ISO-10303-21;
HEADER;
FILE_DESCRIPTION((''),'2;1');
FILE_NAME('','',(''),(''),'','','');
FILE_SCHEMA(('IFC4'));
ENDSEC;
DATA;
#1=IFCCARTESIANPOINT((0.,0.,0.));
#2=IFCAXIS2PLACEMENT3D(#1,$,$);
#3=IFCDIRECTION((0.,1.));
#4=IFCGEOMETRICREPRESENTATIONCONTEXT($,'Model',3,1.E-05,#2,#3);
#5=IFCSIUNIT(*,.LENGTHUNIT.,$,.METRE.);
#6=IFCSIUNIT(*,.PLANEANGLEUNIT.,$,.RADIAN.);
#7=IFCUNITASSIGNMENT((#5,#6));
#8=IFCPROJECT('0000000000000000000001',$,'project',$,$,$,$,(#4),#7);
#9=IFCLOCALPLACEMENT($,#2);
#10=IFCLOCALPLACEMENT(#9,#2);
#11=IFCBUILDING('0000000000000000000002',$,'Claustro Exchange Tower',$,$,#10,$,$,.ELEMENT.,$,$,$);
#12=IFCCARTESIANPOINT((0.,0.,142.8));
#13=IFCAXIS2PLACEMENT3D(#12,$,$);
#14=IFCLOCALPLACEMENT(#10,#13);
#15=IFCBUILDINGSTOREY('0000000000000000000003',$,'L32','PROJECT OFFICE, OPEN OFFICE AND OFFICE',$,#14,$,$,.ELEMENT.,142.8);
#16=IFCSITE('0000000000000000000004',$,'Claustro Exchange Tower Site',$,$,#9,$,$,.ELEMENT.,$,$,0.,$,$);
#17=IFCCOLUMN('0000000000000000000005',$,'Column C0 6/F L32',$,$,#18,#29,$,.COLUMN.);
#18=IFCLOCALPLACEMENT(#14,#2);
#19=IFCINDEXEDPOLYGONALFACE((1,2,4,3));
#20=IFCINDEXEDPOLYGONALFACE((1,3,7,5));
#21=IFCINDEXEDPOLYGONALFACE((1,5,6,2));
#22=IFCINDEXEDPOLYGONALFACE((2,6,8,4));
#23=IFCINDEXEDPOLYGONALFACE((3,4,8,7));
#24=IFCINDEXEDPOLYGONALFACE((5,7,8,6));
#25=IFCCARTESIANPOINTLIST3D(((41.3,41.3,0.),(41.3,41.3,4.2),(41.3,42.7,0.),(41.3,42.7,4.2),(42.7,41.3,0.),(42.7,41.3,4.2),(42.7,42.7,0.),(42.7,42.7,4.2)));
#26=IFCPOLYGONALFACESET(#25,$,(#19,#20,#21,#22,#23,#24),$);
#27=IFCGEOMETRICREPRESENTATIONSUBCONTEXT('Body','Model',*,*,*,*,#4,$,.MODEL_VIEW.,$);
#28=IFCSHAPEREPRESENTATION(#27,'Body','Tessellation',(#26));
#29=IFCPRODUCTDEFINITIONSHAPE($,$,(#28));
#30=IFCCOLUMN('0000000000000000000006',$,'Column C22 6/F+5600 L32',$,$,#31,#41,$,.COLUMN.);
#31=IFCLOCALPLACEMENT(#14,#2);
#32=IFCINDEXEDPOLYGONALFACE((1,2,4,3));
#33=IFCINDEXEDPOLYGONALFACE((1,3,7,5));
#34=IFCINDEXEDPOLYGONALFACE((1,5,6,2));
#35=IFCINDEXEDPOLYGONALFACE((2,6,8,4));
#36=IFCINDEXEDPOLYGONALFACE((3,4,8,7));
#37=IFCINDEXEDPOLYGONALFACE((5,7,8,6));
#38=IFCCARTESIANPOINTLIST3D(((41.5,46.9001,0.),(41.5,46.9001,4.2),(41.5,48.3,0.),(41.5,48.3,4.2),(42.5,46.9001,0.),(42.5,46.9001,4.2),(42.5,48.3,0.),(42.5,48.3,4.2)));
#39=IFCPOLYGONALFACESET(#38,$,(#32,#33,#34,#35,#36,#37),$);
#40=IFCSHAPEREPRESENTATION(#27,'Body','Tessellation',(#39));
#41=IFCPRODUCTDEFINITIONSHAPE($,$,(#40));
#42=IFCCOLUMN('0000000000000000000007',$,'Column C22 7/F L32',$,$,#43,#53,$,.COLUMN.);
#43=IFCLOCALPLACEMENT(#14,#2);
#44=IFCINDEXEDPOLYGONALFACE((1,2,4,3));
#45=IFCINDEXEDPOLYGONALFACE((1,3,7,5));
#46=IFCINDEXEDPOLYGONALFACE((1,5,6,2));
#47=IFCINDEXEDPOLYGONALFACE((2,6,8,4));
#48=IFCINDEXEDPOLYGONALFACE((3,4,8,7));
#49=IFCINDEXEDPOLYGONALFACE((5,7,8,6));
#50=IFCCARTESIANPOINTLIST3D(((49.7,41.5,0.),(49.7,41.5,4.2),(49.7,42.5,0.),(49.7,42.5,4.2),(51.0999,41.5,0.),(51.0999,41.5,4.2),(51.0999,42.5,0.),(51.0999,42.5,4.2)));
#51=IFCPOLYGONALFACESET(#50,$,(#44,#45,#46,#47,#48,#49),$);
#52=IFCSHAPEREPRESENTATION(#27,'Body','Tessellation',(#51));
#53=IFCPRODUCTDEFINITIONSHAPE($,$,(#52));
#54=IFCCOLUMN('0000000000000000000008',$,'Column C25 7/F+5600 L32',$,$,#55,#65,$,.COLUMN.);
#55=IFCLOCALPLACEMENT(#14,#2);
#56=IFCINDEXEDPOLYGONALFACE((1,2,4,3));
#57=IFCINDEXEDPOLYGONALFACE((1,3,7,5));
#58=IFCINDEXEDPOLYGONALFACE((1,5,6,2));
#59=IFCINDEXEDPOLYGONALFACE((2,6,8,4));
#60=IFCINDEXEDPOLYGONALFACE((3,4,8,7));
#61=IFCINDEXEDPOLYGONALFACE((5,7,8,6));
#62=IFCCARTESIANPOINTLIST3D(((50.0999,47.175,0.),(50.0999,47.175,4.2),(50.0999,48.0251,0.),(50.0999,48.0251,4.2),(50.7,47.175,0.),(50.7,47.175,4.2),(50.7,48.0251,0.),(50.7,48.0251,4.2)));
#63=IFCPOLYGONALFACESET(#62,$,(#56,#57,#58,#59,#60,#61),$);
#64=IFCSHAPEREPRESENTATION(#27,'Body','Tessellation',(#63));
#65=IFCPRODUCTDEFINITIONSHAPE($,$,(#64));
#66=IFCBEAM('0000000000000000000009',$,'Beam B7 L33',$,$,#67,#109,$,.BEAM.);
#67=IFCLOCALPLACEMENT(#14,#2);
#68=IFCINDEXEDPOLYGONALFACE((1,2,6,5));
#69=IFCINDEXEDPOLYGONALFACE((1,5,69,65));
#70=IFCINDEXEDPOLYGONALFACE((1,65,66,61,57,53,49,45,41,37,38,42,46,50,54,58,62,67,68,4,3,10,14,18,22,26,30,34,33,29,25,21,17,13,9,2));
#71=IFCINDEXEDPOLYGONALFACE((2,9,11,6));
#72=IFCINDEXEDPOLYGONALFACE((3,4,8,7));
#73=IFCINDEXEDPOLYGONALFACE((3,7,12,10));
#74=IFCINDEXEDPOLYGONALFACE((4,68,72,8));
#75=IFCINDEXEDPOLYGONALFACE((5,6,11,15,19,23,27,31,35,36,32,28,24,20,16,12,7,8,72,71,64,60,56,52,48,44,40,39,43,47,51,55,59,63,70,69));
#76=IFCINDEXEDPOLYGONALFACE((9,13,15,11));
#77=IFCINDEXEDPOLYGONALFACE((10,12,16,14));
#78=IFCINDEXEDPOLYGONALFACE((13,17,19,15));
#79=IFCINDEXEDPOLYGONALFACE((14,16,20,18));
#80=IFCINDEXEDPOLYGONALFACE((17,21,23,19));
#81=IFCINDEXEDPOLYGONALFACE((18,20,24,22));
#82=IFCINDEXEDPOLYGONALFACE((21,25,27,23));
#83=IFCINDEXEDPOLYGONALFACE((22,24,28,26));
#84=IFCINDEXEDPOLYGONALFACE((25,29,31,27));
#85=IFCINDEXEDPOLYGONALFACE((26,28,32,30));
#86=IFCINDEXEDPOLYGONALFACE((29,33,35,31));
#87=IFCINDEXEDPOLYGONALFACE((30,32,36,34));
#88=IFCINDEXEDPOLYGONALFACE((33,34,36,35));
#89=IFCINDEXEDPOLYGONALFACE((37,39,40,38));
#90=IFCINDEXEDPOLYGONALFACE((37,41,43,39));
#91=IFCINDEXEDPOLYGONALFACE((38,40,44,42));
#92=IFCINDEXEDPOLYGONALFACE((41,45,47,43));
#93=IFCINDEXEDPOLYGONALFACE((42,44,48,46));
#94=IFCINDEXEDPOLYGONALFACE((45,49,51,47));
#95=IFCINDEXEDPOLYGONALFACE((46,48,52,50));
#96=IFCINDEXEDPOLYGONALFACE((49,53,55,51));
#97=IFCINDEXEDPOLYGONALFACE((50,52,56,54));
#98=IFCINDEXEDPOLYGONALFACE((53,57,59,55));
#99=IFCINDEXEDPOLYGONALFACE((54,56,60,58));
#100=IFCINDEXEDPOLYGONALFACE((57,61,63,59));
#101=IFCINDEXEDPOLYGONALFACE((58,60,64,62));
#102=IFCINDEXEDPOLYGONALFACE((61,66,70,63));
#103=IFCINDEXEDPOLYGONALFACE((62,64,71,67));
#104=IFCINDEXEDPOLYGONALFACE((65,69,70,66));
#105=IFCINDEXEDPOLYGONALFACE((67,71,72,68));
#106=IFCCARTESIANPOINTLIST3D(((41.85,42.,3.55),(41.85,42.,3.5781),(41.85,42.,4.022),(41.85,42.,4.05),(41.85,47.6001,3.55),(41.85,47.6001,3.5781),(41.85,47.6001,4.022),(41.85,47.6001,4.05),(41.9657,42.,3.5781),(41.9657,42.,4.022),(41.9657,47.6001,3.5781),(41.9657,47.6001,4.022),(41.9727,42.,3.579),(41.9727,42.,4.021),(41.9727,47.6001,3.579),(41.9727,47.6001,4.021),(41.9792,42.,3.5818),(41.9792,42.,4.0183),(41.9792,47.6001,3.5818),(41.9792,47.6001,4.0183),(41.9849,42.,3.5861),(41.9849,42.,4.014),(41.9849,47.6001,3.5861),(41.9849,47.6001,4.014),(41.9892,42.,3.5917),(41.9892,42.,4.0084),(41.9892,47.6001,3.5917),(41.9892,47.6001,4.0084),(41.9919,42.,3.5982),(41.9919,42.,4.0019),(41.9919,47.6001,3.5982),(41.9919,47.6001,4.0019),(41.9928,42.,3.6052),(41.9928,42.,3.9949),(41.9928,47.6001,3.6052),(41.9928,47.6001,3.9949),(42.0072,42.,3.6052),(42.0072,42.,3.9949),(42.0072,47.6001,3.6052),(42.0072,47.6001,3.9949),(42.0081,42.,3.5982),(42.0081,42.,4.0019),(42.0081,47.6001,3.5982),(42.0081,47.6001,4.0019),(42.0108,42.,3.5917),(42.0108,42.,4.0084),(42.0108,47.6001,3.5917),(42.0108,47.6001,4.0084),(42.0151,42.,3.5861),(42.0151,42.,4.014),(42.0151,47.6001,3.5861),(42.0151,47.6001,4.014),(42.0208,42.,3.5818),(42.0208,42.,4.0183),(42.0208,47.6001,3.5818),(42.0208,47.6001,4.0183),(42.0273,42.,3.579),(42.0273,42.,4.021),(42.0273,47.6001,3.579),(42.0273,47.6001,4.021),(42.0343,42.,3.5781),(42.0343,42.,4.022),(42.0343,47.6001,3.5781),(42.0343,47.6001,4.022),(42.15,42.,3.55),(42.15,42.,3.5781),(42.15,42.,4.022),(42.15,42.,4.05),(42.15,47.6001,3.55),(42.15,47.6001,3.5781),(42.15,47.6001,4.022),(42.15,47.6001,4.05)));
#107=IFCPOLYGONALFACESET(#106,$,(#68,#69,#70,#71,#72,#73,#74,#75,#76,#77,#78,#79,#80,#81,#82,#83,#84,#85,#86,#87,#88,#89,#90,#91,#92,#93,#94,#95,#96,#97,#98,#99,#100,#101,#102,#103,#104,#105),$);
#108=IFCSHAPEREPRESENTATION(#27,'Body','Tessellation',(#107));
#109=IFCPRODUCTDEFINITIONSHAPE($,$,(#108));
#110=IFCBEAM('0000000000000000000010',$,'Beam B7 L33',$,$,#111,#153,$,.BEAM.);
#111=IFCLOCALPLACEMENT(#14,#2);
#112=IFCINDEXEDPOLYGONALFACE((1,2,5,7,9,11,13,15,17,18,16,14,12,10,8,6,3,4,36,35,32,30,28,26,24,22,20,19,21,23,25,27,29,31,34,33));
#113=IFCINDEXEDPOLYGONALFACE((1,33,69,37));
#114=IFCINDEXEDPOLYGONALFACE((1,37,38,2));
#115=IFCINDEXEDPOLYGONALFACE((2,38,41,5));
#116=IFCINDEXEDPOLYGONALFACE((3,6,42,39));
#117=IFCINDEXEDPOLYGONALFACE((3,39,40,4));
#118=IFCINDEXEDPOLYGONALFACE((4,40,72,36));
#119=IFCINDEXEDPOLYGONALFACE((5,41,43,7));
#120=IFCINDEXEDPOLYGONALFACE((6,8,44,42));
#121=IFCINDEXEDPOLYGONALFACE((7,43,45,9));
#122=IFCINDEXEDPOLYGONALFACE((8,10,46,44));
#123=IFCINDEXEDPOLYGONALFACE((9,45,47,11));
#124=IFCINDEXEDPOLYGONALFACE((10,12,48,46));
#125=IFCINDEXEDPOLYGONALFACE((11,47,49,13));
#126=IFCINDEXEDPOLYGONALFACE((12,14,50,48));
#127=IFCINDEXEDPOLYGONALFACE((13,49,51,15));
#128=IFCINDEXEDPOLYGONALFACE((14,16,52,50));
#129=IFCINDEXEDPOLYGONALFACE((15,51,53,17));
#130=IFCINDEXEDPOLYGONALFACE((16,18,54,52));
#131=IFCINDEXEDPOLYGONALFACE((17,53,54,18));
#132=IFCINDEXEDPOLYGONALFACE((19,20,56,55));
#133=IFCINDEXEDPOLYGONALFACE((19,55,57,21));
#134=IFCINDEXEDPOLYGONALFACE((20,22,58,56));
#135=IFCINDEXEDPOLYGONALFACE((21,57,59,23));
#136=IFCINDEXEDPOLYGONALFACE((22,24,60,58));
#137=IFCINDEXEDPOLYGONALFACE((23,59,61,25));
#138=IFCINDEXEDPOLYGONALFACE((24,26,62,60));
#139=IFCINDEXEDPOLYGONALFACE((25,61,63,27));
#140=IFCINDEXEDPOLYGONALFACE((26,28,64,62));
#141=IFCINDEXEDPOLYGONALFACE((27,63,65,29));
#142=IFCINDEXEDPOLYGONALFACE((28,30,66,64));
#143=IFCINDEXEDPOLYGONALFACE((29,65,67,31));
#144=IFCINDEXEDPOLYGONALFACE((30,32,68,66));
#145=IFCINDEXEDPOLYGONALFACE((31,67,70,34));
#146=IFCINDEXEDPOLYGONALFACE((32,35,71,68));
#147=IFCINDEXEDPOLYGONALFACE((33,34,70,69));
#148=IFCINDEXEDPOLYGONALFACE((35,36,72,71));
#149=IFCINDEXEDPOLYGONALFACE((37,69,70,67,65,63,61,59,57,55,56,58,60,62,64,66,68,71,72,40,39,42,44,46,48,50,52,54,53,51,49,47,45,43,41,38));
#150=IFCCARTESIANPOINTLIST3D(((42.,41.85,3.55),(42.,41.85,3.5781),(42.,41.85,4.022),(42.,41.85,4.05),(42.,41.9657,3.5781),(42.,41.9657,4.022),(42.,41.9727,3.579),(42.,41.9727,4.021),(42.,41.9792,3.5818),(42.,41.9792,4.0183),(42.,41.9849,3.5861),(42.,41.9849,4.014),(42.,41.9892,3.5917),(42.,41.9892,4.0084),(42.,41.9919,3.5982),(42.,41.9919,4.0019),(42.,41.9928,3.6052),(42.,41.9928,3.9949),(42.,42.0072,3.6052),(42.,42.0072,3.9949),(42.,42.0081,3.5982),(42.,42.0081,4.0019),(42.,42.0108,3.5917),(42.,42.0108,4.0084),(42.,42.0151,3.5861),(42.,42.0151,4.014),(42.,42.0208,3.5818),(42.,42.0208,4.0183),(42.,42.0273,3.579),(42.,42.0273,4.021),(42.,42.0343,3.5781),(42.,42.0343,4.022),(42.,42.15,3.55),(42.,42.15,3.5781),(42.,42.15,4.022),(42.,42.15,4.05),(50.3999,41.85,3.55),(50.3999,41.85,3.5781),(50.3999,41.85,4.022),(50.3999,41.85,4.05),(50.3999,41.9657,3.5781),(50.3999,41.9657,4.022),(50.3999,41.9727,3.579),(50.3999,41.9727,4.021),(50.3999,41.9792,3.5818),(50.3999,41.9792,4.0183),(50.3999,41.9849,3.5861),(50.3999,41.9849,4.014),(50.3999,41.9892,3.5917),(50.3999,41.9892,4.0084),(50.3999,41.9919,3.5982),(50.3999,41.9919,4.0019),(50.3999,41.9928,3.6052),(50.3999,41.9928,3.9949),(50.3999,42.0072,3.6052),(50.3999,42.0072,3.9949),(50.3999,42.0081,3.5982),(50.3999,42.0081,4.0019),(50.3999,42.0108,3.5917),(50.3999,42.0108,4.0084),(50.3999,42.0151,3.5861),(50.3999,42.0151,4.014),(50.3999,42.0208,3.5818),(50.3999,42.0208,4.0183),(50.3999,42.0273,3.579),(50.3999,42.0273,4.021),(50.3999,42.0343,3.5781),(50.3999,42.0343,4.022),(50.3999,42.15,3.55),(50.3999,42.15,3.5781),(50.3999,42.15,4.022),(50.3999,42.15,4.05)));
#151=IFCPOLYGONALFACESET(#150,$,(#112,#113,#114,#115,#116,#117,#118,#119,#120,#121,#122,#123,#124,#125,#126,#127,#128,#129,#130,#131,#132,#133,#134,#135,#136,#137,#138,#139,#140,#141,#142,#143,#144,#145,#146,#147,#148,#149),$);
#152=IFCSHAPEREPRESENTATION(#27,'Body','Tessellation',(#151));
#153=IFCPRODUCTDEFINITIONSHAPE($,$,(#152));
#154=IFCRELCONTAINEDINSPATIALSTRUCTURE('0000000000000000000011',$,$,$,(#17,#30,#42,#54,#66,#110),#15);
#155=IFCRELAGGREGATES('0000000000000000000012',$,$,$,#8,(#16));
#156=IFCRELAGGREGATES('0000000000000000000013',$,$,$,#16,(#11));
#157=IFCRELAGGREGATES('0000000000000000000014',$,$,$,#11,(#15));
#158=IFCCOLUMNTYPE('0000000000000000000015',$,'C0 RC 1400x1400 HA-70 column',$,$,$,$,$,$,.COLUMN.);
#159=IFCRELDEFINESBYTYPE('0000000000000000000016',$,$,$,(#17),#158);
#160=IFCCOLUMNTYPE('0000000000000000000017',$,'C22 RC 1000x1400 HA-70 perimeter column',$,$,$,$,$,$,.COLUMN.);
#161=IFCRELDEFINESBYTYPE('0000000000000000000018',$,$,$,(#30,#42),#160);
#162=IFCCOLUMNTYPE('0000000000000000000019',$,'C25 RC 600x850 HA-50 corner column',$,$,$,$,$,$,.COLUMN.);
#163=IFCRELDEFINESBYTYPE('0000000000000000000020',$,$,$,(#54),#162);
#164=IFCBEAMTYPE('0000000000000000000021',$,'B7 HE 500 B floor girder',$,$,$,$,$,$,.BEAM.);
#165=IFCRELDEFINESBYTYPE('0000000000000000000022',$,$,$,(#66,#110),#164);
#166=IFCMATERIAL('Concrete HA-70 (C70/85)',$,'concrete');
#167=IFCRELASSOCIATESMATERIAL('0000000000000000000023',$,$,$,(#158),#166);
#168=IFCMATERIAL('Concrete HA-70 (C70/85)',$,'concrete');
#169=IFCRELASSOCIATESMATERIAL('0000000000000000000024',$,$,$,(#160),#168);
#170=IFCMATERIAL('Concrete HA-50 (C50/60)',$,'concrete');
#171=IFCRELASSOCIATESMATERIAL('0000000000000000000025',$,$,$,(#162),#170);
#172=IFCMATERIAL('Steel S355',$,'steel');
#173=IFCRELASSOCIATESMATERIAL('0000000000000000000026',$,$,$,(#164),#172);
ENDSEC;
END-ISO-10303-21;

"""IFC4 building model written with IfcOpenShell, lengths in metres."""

from ifc_helpers import new_model, si_unit, direction, frame, origin, origin_2d, place, context, subcontext, project, spatial, rectangle, i_section, extrude, material, material_profile, profile_set, type_object, element, save


model = new_model("IFC4")

# Units and contexts
model_context = context("Model", 3, precision=1e-05, world=origin(), true_north=direction((0.0, 1.0)))
body_context = subcontext(model_context, "Body", "Model", "MODEL_VIEW")
ifc_project = project(units=[si_unit("LENGTHUNIT", "METRE"), si_unit("PLANEANGLEUNIT", "RADIAN")], contexts=[model_context])

# Site, building, storey
site_placement = place(None, origin())
site = spatial("IfcSite", under=ifc_project, at=site_placement, Name="Claustro Exchange Tower Site", CompositionType="ELEMENT", RefElevation=0.0)
building_placement = place(site_placement, origin())
building = spatial("IfcBuilding", under=site, at=building_placement, Name="Claustro Exchange Tower", CompositionType="ELEMENT")
storey_placement = place(building_placement, frame((0.0, 0.0, 142.8)))
storey = spatial("IfcBuildingStorey", under=building, at=storey_placement, Name="L32", Description="PROJECT OFFICE, OPEN OFFICE AND OFFICE", CompositionType="ELEMENT", Elevation=142.8)

# Columns
ifc_material_1 = material(Name="Concrete HA-70 (C70/85)", Category="concrete")
ifc_material_profile_1 = material_profile(ifc_material_1, rectangle(XDim=1.3999, YDim=1.3999, at=origin_2d()), Name="RC 1400x1400")
ifc_profile_set_1 = profile_set([ifc_material_profile_1], Name="Concrete HA-70 (C70/85)")
column_type_1 = type_object("IfcColumnType", Name="C0 RC 1400x1400 HA-70 column", PredefinedType="COLUMN", material=ifc_profile_set_1)
column_1_placement = place(storey_placement, frame((42.0, 42.0, 0.0), z_axis=(0.0, 0.0, 1.0), x_axis=(1.0, 0.0, 0.0)))
element("IfcColumn", 1, at=column_1_placement, inside=storey, type_object=column_type_1, Name="Column C0 6/F L32", PredefinedType="COLUMN", context=body_context, shape_type="SweptSolid", body=[
    extrude(rectangle(XDim=1.3999, YDim=1.3999, at=origin_2d()), origin(), (0.0, 0.0, 1.0), 4.2),
])
ifc_material_2 = material(Name="Concrete HA-70 (C70/85)", Category="concrete")
ifc_material_profile_2 = material_profile(ifc_material_2, rectangle(XDim=1.0, YDim=1.3999, at=origin_2d()), Name="RC 1000x1400")
ifc_profile_set_2 = profile_set([ifc_material_profile_2], Name="Concrete HA-70 (C70/85)")
column_type_2 = type_object("IfcColumnType", Name="C22 RC 1000x1400 HA-70 perimeter column", PredefinedType="COLUMN", material=ifc_profile_set_2)
for number, where, z_axis, x_axis, name in (
    (2, (42.0, 47.6001, 0.0), (0.0, 0.0, 1.0), (1.0, 0.0, 0.0), "Column C22 6/F+5600 L32"),
    (3, (50.3999, 42.0, 0.0), (0.0, 0.0, 1.0), (0.0, 1.0, 0.0), "Column C22 7/F L32"),
):
    element("IfcColumn", number, at=place(storey_placement, frame(where, z_axis=z_axis, x_axis=x_axis)), inside=storey, type_object=column_type_2, Name=name, PredefinedType="COLUMN", context=body_context, shape_type="SweptSolid", body=[
        extrude(rectangle(XDim=1.0, YDim=1.3999, at=origin_2d()), origin(), (0.0, 0.0, 1.0), 4.2),
    ])
ifc_material_3 = material(Name="Concrete HA-50 (C50/60)", Category="concrete")
ifc_material_profile_3 = material_profile(ifc_material_3, rectangle(XDim=0.6001, YDim=0.8501, at=origin_2d()), Name="RC 600x850")
ifc_profile_set_3 = profile_set([ifc_material_profile_3], Name="Concrete HA-50 (C50/60)")
column_type_3 = type_object("IfcColumnType", Name="C25 RC 600x850 HA-50 corner column", PredefinedType="COLUMN", material=ifc_profile_set_3)
column_2_placement = place(storey_placement, frame((50.3999, 47.6001, 0.0), z_axis=(0.0, 0.0, 1.0), x_axis=(1.0, 0.0, 0.0)))
element("IfcColumn", 4, at=column_2_placement, inside=storey, type_object=column_type_3, Name="Column C25 7/F+5600 L32", PredefinedType="COLUMN", context=body_context, shape_type="SweptSolid", body=[
    extrude(rectangle(XDim=0.6001, YDim=0.8501, at=origin_2d()), origin(), (0.0, 0.0, 1.0), 4.2),
])

# Beams
ifc_material_4 = material(Name="Steel S355", Category="steel")
ifc_material_profile_4 = material_profile(ifc_material_4, i_section(OverallWidth=0.3, OverallDepth=0.5, WebThickness=0.0144, FlangeThickness=0.0281, FilletRadius=0.0271, at=origin_2d()), Name="HE 500 B")
ifc_profile_set_4 = profile_set([ifc_material_profile_4], Name="Steel S355")
beam_type_1 = type_object("IfcBeamType", Name="B7 HE 500 B floor girder", PredefinedType="BEAM", material=ifc_profile_set_4)
beam_1_placement = place(storey_placement, frame((42.0, 42.0, 3.8), z_axis=(0.0, 1.0, 0.0), x_axis=(-1.0, 0.0, 0.0)))
element("IfcBeam", 5, at=beam_1_placement, inside=storey, type_object=beam_type_1, Name="Beam B7 L33", PredefinedType="BEAM", context=body_context, shape_type="SweptSolid", body=[
    extrude(i_section(OverallWidth=0.3, OverallDepth=0.5, WebThickness=0.0144, FlangeThickness=0.0281, FilletRadius=0.0271, at=origin_2d()), origin(), (0.0, 0.0, 1.0), 5.6001),
])
beam_2_placement = place(storey_placement, frame((42.0, 42.0, 3.8), z_axis=(1.0, 0.0, 0.0), x_axis=(0.0, 1.0, 0.0)))
element("IfcBeam", 6, at=beam_2_placement, inside=storey, type_object=beam_type_1, Name="Beam B7 L33", PredefinedType="BEAM", context=body_context, shape_type="SweptSolid", body=[
    extrude(i_section(OverallWidth=0.3, OverallDepth=0.5, WebThickness=0.0144, FlangeThickness=0.0281, FilletRadius=0.0271, at=origin_2d()), origin(), (0.0, 0.0, 1.0), 8.3999),
])

save(model, "model.ifc")
